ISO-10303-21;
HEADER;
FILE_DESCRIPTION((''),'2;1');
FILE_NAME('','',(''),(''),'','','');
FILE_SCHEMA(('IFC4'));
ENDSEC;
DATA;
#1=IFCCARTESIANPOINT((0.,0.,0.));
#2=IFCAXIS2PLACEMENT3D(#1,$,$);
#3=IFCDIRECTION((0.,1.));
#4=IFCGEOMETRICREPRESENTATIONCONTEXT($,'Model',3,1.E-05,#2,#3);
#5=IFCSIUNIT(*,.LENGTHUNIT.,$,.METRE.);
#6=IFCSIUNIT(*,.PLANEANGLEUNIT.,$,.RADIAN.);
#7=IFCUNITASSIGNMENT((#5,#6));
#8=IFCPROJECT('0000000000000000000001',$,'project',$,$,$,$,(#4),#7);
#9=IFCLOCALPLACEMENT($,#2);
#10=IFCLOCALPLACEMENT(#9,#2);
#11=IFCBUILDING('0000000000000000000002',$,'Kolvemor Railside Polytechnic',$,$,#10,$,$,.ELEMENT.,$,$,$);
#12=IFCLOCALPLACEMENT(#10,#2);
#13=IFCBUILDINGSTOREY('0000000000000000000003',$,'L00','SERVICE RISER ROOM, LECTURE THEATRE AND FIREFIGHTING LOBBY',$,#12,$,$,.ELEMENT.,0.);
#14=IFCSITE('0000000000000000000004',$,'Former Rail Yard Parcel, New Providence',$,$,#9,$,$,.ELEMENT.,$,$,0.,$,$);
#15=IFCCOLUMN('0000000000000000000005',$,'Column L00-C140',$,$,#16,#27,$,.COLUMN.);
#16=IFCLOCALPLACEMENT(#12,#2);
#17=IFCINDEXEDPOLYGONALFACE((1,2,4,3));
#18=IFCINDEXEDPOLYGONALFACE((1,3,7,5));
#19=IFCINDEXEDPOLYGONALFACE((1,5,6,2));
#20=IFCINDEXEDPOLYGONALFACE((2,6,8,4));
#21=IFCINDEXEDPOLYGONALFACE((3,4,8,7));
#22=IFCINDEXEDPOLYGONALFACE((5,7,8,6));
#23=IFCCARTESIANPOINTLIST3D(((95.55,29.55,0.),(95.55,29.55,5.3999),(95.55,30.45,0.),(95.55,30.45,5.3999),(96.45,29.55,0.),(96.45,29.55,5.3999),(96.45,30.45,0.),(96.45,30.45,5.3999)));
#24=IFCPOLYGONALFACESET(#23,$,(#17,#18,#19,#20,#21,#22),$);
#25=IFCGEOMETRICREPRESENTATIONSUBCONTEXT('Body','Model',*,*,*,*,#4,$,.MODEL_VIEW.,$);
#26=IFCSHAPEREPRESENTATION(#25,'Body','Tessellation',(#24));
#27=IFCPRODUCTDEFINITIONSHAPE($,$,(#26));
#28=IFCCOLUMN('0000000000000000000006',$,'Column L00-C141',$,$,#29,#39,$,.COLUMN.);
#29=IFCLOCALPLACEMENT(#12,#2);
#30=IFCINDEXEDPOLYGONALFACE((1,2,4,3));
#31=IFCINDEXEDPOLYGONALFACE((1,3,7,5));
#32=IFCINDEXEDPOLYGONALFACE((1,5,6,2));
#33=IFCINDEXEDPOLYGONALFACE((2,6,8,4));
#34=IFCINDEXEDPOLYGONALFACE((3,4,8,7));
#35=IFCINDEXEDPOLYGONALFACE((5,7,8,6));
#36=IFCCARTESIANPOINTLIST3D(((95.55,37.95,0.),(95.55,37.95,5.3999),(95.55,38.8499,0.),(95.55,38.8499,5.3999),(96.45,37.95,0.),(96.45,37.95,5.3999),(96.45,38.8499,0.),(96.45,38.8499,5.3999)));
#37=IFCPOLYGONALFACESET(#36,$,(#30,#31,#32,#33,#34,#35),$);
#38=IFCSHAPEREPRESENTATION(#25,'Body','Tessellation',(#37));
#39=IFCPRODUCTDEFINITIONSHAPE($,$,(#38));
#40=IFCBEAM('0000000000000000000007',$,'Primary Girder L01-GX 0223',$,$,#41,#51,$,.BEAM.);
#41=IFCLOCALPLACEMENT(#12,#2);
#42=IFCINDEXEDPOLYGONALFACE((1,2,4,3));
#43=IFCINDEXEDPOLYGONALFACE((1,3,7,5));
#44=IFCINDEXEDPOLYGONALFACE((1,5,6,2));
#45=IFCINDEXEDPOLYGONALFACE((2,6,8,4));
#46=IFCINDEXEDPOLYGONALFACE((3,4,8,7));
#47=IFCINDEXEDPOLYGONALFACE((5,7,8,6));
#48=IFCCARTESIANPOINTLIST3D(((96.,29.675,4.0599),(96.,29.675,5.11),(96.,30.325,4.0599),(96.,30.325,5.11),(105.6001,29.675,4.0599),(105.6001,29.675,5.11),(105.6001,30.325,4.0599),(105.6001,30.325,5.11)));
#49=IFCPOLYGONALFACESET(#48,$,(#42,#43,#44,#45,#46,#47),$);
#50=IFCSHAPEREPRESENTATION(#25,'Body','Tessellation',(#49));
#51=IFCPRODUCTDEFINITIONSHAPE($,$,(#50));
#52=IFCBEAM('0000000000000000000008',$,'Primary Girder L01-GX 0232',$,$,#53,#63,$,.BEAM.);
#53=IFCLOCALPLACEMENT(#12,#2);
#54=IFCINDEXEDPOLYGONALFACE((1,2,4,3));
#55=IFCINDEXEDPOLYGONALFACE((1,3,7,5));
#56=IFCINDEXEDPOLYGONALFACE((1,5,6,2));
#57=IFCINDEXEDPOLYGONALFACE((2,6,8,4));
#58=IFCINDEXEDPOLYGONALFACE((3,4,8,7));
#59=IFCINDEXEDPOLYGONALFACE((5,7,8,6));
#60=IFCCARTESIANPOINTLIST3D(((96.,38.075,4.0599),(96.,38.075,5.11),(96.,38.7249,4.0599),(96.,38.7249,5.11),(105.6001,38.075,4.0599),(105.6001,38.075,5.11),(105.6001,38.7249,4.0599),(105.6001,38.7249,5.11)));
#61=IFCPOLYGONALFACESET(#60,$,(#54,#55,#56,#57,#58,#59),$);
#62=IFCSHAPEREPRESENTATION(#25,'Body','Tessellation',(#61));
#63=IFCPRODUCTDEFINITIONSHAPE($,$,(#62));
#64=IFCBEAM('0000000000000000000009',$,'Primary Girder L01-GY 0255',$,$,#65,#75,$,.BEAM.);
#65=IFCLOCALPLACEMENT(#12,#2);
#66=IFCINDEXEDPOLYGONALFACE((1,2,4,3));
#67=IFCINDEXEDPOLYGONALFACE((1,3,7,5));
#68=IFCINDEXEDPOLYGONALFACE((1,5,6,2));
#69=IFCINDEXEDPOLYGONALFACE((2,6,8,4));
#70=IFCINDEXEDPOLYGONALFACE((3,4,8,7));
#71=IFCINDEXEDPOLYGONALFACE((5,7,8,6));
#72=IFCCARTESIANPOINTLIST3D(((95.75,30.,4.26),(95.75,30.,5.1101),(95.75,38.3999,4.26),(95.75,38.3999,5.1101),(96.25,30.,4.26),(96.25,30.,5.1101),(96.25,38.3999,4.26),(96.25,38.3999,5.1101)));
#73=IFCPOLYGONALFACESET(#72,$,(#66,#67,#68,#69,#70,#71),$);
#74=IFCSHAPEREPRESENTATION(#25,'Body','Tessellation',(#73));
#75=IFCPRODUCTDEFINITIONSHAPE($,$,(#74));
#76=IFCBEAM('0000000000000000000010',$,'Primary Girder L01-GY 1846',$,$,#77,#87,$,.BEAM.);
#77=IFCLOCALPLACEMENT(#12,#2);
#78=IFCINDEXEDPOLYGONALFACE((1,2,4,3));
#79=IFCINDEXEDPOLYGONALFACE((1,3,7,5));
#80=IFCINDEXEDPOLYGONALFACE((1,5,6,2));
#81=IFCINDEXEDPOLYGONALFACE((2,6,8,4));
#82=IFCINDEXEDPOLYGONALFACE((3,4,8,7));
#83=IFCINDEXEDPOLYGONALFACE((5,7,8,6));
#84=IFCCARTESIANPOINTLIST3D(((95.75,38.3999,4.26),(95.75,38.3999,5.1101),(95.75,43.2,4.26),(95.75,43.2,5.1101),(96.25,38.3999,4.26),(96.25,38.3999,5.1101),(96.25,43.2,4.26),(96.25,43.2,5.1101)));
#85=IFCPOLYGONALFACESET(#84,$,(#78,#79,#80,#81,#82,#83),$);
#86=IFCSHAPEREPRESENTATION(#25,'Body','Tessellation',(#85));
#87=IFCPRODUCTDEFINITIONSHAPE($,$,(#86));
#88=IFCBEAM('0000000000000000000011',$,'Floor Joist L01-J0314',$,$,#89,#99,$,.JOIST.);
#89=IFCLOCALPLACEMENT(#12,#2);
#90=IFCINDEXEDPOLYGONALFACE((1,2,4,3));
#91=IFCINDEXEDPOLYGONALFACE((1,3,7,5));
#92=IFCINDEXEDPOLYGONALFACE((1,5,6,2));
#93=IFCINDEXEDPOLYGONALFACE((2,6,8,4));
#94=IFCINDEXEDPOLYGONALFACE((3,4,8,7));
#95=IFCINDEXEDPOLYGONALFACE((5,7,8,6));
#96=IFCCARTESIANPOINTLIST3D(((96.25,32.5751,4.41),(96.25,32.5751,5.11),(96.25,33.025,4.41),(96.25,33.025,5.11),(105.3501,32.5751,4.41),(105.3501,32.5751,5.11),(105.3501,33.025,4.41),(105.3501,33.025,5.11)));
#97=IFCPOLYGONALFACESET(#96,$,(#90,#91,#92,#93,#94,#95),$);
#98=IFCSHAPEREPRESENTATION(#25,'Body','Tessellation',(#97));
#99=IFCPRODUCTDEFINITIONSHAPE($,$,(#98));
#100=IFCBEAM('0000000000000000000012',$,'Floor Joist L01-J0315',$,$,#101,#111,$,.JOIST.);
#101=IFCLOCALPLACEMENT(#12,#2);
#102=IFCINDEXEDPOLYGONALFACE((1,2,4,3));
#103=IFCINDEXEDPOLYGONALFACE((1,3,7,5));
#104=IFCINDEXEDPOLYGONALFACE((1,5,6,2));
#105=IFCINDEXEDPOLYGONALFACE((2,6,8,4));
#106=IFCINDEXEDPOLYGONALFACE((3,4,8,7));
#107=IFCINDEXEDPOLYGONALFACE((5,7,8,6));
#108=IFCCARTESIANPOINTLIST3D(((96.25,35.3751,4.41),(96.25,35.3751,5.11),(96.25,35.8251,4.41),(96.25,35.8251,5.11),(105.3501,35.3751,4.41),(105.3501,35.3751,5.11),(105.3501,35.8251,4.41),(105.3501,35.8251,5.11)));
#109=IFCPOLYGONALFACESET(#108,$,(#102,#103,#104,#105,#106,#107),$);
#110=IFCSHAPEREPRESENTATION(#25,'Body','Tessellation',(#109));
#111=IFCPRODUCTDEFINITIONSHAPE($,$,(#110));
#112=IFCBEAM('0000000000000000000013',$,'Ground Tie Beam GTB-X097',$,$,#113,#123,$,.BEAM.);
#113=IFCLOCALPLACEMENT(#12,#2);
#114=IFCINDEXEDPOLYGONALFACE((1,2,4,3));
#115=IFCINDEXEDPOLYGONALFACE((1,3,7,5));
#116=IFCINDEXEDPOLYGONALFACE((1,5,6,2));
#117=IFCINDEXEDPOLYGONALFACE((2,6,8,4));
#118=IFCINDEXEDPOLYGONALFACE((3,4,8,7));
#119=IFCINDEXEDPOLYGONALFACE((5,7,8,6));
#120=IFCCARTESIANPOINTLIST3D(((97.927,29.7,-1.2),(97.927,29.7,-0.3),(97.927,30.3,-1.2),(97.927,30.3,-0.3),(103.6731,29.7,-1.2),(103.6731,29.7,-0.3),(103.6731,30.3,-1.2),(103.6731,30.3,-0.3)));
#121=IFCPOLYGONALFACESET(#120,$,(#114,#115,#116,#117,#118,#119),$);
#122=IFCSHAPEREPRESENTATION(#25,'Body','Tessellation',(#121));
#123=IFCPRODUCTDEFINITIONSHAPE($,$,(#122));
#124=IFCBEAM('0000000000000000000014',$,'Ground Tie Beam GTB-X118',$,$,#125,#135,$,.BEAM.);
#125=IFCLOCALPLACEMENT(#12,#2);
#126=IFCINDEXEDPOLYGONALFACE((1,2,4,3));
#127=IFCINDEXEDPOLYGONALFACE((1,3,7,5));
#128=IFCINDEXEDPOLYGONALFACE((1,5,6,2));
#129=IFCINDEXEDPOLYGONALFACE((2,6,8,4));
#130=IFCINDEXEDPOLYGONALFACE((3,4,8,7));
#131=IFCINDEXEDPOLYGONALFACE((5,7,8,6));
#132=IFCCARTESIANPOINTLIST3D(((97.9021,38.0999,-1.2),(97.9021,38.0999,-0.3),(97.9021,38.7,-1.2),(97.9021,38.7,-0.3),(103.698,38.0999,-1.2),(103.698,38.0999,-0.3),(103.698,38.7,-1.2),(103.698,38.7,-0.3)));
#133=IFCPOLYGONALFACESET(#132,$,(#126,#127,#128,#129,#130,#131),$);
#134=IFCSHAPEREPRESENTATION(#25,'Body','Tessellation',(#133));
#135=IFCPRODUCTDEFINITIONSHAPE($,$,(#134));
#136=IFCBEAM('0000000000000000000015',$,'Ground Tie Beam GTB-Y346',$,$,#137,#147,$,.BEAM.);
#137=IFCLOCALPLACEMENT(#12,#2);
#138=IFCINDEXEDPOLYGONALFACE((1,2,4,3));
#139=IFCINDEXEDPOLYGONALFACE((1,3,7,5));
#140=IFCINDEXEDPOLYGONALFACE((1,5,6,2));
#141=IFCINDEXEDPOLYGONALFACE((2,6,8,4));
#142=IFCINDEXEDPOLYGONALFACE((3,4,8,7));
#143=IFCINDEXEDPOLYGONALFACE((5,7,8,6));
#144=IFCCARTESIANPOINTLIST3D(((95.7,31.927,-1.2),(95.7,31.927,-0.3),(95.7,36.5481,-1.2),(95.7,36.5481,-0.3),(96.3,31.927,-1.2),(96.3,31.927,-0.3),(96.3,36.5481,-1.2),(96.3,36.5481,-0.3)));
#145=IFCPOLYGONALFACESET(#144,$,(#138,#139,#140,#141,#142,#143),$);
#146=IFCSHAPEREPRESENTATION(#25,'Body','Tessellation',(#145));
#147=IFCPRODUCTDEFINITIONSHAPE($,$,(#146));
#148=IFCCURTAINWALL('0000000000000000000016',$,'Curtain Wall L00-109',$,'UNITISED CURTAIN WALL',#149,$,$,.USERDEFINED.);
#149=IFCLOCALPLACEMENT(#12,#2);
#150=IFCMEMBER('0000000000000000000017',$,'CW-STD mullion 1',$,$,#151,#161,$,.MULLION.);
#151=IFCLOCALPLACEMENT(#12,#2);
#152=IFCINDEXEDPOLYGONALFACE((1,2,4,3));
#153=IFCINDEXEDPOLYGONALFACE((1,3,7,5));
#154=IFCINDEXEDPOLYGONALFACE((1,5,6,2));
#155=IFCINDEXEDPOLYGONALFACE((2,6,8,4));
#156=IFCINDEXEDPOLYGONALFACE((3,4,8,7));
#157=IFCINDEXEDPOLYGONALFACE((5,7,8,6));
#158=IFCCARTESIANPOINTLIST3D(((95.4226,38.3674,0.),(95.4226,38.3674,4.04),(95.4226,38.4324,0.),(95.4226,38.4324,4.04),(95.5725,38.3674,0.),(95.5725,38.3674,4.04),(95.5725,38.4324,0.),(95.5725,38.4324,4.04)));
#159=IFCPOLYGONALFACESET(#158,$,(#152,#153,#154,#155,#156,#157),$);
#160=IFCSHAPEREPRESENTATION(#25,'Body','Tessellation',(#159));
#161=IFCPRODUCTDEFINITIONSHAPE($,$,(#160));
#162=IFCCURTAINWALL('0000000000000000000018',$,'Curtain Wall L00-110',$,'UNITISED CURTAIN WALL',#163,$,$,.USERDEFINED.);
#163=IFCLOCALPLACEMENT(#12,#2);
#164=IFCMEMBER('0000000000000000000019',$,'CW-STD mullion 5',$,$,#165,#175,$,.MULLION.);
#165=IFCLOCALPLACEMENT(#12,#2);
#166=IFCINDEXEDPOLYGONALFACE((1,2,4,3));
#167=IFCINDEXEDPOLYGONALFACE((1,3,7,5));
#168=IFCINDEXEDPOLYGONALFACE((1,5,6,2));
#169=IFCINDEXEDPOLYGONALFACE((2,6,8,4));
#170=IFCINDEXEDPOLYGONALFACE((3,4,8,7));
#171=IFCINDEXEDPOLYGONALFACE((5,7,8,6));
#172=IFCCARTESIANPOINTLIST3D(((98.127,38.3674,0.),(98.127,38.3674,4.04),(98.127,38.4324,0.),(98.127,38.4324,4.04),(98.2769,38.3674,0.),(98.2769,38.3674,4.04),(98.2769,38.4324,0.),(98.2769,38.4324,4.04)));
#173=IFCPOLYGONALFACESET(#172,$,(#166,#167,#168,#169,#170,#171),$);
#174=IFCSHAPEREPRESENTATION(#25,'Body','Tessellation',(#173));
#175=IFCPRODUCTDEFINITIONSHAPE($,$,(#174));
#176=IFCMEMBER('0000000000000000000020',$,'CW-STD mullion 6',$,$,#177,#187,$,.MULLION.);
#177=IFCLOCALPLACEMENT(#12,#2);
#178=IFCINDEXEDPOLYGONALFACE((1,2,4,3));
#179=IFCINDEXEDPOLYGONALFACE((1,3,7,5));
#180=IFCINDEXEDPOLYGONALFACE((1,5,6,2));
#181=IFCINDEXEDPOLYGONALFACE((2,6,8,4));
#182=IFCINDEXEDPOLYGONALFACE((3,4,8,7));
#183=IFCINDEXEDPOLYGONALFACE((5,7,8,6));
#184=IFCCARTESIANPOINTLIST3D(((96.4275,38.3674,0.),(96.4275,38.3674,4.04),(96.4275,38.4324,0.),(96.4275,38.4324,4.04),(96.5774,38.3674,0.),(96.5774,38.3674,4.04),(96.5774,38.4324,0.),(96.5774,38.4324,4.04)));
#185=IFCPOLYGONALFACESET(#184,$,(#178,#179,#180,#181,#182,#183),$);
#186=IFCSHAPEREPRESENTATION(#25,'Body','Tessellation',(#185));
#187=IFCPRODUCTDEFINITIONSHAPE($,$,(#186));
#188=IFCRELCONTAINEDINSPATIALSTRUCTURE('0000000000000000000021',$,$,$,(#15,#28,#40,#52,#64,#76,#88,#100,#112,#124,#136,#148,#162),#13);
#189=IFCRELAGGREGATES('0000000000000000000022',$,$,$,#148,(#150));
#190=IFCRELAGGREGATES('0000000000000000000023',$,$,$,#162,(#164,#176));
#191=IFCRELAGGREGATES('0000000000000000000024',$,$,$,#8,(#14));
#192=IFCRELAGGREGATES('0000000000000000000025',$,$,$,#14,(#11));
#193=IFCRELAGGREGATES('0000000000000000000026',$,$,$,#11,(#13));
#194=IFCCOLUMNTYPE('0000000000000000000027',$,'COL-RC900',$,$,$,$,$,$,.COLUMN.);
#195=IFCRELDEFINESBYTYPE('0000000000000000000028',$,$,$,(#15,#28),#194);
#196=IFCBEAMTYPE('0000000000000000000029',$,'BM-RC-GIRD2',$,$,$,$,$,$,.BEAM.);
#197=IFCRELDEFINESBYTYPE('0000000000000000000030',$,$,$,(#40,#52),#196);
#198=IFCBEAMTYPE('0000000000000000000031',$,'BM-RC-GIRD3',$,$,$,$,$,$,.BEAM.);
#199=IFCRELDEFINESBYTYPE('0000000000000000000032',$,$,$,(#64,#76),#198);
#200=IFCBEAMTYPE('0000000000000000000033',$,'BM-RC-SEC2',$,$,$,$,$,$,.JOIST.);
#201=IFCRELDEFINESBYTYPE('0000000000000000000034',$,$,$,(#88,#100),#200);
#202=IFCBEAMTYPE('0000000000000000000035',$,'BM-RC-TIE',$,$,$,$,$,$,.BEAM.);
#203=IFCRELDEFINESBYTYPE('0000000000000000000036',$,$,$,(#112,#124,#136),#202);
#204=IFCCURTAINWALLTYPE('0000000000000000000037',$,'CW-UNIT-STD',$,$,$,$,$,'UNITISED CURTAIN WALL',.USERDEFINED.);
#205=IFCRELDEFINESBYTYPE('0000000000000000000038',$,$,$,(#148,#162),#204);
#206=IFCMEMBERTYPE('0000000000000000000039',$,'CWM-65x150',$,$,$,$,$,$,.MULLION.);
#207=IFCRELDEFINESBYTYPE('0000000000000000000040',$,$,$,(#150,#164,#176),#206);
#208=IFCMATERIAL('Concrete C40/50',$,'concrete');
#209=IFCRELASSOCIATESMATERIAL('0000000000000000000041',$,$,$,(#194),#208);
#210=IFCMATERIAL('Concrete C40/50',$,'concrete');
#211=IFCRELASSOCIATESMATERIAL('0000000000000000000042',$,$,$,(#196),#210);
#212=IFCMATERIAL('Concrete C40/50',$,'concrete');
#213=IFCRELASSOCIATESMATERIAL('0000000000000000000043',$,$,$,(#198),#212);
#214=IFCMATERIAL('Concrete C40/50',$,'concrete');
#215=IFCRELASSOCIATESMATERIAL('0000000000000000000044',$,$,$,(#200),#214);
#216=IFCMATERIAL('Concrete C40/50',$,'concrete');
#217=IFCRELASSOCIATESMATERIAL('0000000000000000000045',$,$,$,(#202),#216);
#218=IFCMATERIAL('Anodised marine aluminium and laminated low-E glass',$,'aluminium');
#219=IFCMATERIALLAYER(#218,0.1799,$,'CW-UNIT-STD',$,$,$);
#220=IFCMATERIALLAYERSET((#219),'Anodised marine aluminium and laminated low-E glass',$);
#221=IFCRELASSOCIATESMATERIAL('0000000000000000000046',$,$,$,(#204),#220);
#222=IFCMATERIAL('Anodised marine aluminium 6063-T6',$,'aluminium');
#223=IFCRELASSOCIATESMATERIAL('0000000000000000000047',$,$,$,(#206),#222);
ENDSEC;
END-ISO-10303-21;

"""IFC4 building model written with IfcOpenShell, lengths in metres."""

from ifc_helpers import new_model, si_unit, direction, frame, origin, origin_2d, place, context, subcontext, project, spatial, rectangle, extrude, material, layer, layer_set, material_profile, profile_set, type_object, element, aggregate, save


model = new_model("IFC4")

# Units and contexts
model_context = context("Model", 3, precision=1e-05, world=origin(), true_north=direction((0.0, 1.0)))
body_context = subcontext(model_context, "Body", "Model", "MODEL_VIEW")
ifc_project = project(units=[si_unit("LENGTHUNIT", "METRE"), si_unit("PLANEANGLEUNIT", "RADIAN")], contexts=[model_context])

# Site, building, storey
site_placement = place(None, origin())
site = spatial("IfcSite", under=ifc_project, at=site_placement, Name="Former Rail Yard Parcel, New Providence", CompositionType="ELEMENT", RefElevation=0.0)
building_placement = place(site_placement, origin())
building = spatial("IfcBuilding", under=site, at=building_placement, Name="Kolvemor Railside Polytechnic", CompositionType="ELEMENT")
storey_placement = place(building_placement, origin())
storey = spatial("IfcBuildingStorey", under=building, at=storey_placement, Name="L00", Description="SERVICE RISER ROOM, LECTURE THEATRE AND FIREFIGHTING LOBBY", CompositionType="ELEMENT", Elevation=0.0)

# Columns
ifc_material_1 = material(Name="Concrete C40/50", Category="concrete")
ifc_material_profile_1 = material_profile(ifc_material_1, rectangle(XDim=0.8999, YDim=0.8999, at=origin_2d()), Name="RC900x900")
ifc_profile_set_1 = profile_set([ifc_material_profile_1], Name="Concrete C40/50")
column_type = type_object("IfcColumnType", Name="COL-RC900", PredefinedType="COLUMN", material=ifc_profile_set_1)
for number, where, z_axis, x_axis, name in (
    (1, (96.0, 30.0, 0.0), (0.0, 0.0, 1.0), (1.0, 0.0, 0.0), "Column L00-C140"),
    (2, (96.0, 38.3999, 0.0), (0.0, 0.0, 1.0), (1.0, 0.0, 0.0), "Column L00-C141"),
):
    element("IfcColumn", number, at=place(storey_placement, frame(where, z_axis=z_axis, x_axis=x_axis)), inside=storey, type_object=column_type, Name=name, PredefinedType="COLUMN", context=body_context, shape_type="SweptSolid", body=[
        extrude(rectangle(XDim=0.8999, YDim=0.8999, at=origin_2d()), origin(), (0.0, 0.0, 1.0), 5.3999),
    ])

# Beams
ifc_material_2 = material(Name="Concrete C40/50", Category="concrete")
ifc_material_profile_2 = material_profile(ifc_material_2, rectangle(XDim=0.6499, YDim=1.05, at=origin_2d()), Name="RC650x1050")
ifc_profile_set_2 = profile_set([ifc_material_profile_2], Name="Concrete C40/50")
beam_type_1 = type_object("IfcBeamType", Name="BM-RC-GIRD2", PredefinedType="BEAM", material=ifc_profile_set_2)
for number, where, z_axis, x_axis, name in (
    (3, (96.0, 30.0, 4.585), (1.0, 0.0, 0.0), (0.0, 1.0, 0.0), "Primary Girder L01-GX 0223"),
    (4, (96.0, 38.3999, 4.585), (1.0, 0.0, 0.0), (0.0, 1.0, 0.0), "Primary Girder L01-GX 0232"),
):
    element("IfcBeam", number, at=place(storey_placement, frame(where, z_axis=z_axis, x_axis=x_axis)), inside=storey, type_object=beam_type_1, Name=name, PredefinedType="BEAM", context=body_context, shape_type="SweptSolid", body=[
        extrude(rectangle(XDim=0.6499, YDim=1.05, at=origin_2d()), origin(), (0.0, 0.0, 1.0), 9.6001),
    ])
ifc_material_3 = material(Name="Concrete C40/50", Category="concrete")
ifc_material_profile_3 = material_profile(ifc_material_3, rectangle(XDim=0.5, YDim=0.8501, at=origin_2d()), Name="RC500x850")
ifc_profile_set_3 = profile_set([ifc_material_profile_3], Name="Concrete C40/50")
beam_type_2 = type_object("IfcBeamType", Name="BM-RC-GIRD3", PredefinedType="BEAM", material=ifc_profile_set_3)
beam_1_placement = place(storey_placement, frame((96.0, 30.0, 4.6851), z_axis=(0.0, 1.0, 0.0), x_axis=(-1.0, 0.0, 0.0)))
element("IfcBeam", 5, at=beam_1_placement, inside=storey, type_object=beam_type_2, Name="Primary Girder L01-GY 0255", PredefinedType="BEAM", context=body_context, shape_type="SweptSolid", body=[
    extrude(rectangle(XDim=0.5, YDim=0.8501, at=origin_2d()), origin(), (0.0, 0.0, 1.0), 8.3999),
])
beam_2_placement = place(storey_placement, frame((96.0, 38.3999, 4.6851), z_axis=(0.0, 1.0, 0.0), x_axis=(-1.0, 0.0, 0.0)))
element("IfcBeam", 6, at=beam_2_placement, inside=storey, type_object=beam_type_2, Name="Primary Girder L01-GY 1846", PredefinedType="BEAM", context=body_context, shape_type="SweptSolid", body=[
    extrude(rectangle(XDim=0.5, YDim=0.8501, at=origin_2d()), origin(), (0.0, 0.0, 1.0), 4.8),
])
ifc_material_4 = material(Name="Concrete C40/50", Category="concrete")
ifc_material_profile_4 = material_profile(ifc_material_4, rectangle(XDim=0.45, YDim=0.7, at=origin_2d()), Name="RC450x700")
ifc_profile_set_4 = profile_set([ifc_material_profile_4], Name="Concrete C40/50")
beam_type_3 = type_object("IfcBeamType", Name="BM-RC-SEC2", PredefinedType="JOIST", material=ifc_profile_set_4)
for number, where, z_axis, x_axis, name in (
    (7, (96.25, 32.8, 4.76), (1.0, 0.0, 0.0), (0.0, 1.0, 0.0), "Floor Joist L01-J0314"),
    (8, (96.25, 35.6001, 4.76), (1.0, 0.0, 0.0), (0.0, 1.0, 0.0), "Floor Joist L01-J0315"),
):
    element("IfcBeam", number, at=place(storey_placement, frame(where, z_axis=z_axis, x_axis=x_axis)), inside=storey, type_object=beam_type_3, Name=name, PredefinedType="JOIST", context=body_context, shape_type="SweptSolid", body=[
        extrude(rectangle(XDim=0.45, YDim=0.7, at=origin_2d()), origin(), (0.0, 0.0, 1.0), 9.1001),
    ])
ifc_material_5 = material(Name="Concrete C40/50", Category="concrete")
ifc_material_profile_5 = material_profile(ifc_material_5, rectangle(XDim=0.6001, YDim=0.8999, at=origin_2d()), Name="RC600x900")
ifc_profile_set_5 = profile_set([ifc_material_profile_5], Name="Concrete C40/50")
beam_type_4 = type_object("IfcBeamType", Name="BM-RC-TIE", PredefinedType="BEAM", material=ifc_profile_set_5)
beam_3_placement = place(storey_placement, frame((97.927, 30.0, -0.75), z_axis=(1.0, 0.0, 0.0), x_axis=(0.0, 1.0, 0.0)))
element("IfcBeam", 9, at=beam_3_placement, inside=storey, type_object=beam_type_4, Name="Ground Tie Beam GTB-X097", PredefinedType="BEAM", context=body_context, shape_type="SweptSolid", body=[
    extrude(rectangle(XDim=0.6001, YDim=0.8999, at=origin_2d()), origin(), (0.0, 0.0, 1.0), 5.7461),
])
beam_4_placement = place(storey_placement, frame((97.9021, 38.3999, -0.75), z_axis=(1.0, 0.0, 0.0), x_axis=(0.0, 1.0, 0.0)))
element("IfcBeam", 10, at=beam_4_placement, inside=storey, type_object=beam_type_4, Name="Ground Tie Beam GTB-X118", PredefinedType="BEAM", context=body_context, shape_type="SweptSolid", body=[
    extrude(rectangle(XDim=0.6001, YDim=0.8999, at=origin_2d()), origin(), (0.0, 0.0, 1.0), 5.7959),
])
beam_5_placement = place(storey_placement, frame((96.0, 31.927, -0.75), z_axis=(0.0, 1.0, 0.0), x_axis=(-1.0, 0.0, 0.0)))
element("IfcBeam", 11, at=beam_5_placement, inside=storey, type_object=beam_type_4, Name="Ground Tie Beam GTB-Y346", PredefinedType="BEAM", context=body_context, shape_type="SweptSolid", body=[
    extrude(rectangle(XDim=0.6001, YDim=0.8999, at=origin_2d()), origin(), (0.0, 0.0, 1.0), 4.6211),
])

# Curtain wall, member
ifc_material_6 = material(Name="Anodised marine aluminium and laminated low-E glass", Category="aluminium")
ifc_layer_1 = layer(ifc_material_6, 0.1799, Name="CW-UNIT-STD")
ifc_layer_set_1 = layer_set([ifc_layer_1], Name="Anodised marine aluminium and laminated low-E glass")
curtain_wall_type = type_object("IfcCurtainWallType", Name="CW-UNIT-STD", ElementType="UNITISED CURTAIN WALL", PredefinedType="USERDEFINED", material=ifc_layer_set_1)
curtain_wall_1_placement = place(storey_placement, origin())
curtain_wall_1 = element("IfcCurtainWall", 12, at=curtain_wall_1_placement, inside=storey, type_object=curtain_wall_type, Name="Curtain Wall L00-109", ObjectType="UNITISED CURTAIN WALL", PredefinedType="USERDEFINED")
ifc_material_7 = material(Name="Anodised marine aluminium 6063-T6", Category="aluminium")
ifc_material_profile_6 = material_profile(ifc_material_7, rectangle(XDim=0.0649, YDim=0.1499, at=origin_2d()), Name="CW-MUL-65x150")
ifc_profile_set_6 = profile_set([ifc_material_profile_6], Name="Anodised marine aluminium 6063-T6")
member_type_1 = type_object("IfcMemberType", Name="CWM-65x150", PredefinedType="MULLION", material=ifc_profile_set_6)
member_1_placement = place(storey_placement, frame((95.4976, 38.3999, 0.0), z_axis=(0.0, 0.0, 1.0), x_axis=(0.0, -1.0, 0.0)))
member_1 = element("IfcMember", 13, at=member_1_placement, type_object=member_type_1, Name="CW-STD mullion 1", PredefinedType="MULLION", context=body_context, shape_type="SweptSolid", body=[
    extrude(rectangle(XDim=0.0649, YDim=0.1499, at=origin_2d()), origin(), (0.0, 0.0, 1.0), 4.04),
])

# Curtain wall, members
curtain_wall_2_placement = place(storey_placement, origin())
curtain_wall_2 = element("IfcCurtainWall", 14, at=curtain_wall_2_placement, inside=storey, type_object=curtain_wall_type, Name="Curtain Wall L00-110", ObjectType="UNITISED CURTAIN WALL", PredefinedType="USERDEFINED")
member_2_placement = place(storey_placement, frame((98.2019, 38.3999, 0.0), z_axis=(0.0, 0.0, 1.0), x_axis=(0.0, -1.0, 0.0)))
member_2 = element("IfcMember", 15, at=member_2_placement, type_object=member_type_1, Name="CW-STD mullion 5", PredefinedType="MULLION", context=body_context, shape_type="SweptSolid", body=[
    extrude(rectangle(XDim=0.0649, YDim=0.1499, at=origin_2d()), origin(), (0.0, 0.0, 1.0), 4.04),
])
member_3_placement = place(storey_placement, frame((96.5024, 38.3999, 0.0), z_axis=(0.0, 0.0, 1.0), x_axis=(0.0, -1.0, 0.0)))
member_3 = element("IfcMember", 16, at=member_3_placement, type_object=member_type_1, Name="CW-STD mullion 6", PredefinedType="MULLION", context=body_context, shape_type="SweptSolid", body=[
    extrude(rectangle(XDim=0.0649, YDim=0.1499, at=origin_2d()), origin(), (0.0, 0.0, 1.0), 4.04),
])

aggregate(curtain_wall_1, [member_1])
aggregate(curtain_wall_2, [member_2, member_3])

save(model, "model.ifc")
